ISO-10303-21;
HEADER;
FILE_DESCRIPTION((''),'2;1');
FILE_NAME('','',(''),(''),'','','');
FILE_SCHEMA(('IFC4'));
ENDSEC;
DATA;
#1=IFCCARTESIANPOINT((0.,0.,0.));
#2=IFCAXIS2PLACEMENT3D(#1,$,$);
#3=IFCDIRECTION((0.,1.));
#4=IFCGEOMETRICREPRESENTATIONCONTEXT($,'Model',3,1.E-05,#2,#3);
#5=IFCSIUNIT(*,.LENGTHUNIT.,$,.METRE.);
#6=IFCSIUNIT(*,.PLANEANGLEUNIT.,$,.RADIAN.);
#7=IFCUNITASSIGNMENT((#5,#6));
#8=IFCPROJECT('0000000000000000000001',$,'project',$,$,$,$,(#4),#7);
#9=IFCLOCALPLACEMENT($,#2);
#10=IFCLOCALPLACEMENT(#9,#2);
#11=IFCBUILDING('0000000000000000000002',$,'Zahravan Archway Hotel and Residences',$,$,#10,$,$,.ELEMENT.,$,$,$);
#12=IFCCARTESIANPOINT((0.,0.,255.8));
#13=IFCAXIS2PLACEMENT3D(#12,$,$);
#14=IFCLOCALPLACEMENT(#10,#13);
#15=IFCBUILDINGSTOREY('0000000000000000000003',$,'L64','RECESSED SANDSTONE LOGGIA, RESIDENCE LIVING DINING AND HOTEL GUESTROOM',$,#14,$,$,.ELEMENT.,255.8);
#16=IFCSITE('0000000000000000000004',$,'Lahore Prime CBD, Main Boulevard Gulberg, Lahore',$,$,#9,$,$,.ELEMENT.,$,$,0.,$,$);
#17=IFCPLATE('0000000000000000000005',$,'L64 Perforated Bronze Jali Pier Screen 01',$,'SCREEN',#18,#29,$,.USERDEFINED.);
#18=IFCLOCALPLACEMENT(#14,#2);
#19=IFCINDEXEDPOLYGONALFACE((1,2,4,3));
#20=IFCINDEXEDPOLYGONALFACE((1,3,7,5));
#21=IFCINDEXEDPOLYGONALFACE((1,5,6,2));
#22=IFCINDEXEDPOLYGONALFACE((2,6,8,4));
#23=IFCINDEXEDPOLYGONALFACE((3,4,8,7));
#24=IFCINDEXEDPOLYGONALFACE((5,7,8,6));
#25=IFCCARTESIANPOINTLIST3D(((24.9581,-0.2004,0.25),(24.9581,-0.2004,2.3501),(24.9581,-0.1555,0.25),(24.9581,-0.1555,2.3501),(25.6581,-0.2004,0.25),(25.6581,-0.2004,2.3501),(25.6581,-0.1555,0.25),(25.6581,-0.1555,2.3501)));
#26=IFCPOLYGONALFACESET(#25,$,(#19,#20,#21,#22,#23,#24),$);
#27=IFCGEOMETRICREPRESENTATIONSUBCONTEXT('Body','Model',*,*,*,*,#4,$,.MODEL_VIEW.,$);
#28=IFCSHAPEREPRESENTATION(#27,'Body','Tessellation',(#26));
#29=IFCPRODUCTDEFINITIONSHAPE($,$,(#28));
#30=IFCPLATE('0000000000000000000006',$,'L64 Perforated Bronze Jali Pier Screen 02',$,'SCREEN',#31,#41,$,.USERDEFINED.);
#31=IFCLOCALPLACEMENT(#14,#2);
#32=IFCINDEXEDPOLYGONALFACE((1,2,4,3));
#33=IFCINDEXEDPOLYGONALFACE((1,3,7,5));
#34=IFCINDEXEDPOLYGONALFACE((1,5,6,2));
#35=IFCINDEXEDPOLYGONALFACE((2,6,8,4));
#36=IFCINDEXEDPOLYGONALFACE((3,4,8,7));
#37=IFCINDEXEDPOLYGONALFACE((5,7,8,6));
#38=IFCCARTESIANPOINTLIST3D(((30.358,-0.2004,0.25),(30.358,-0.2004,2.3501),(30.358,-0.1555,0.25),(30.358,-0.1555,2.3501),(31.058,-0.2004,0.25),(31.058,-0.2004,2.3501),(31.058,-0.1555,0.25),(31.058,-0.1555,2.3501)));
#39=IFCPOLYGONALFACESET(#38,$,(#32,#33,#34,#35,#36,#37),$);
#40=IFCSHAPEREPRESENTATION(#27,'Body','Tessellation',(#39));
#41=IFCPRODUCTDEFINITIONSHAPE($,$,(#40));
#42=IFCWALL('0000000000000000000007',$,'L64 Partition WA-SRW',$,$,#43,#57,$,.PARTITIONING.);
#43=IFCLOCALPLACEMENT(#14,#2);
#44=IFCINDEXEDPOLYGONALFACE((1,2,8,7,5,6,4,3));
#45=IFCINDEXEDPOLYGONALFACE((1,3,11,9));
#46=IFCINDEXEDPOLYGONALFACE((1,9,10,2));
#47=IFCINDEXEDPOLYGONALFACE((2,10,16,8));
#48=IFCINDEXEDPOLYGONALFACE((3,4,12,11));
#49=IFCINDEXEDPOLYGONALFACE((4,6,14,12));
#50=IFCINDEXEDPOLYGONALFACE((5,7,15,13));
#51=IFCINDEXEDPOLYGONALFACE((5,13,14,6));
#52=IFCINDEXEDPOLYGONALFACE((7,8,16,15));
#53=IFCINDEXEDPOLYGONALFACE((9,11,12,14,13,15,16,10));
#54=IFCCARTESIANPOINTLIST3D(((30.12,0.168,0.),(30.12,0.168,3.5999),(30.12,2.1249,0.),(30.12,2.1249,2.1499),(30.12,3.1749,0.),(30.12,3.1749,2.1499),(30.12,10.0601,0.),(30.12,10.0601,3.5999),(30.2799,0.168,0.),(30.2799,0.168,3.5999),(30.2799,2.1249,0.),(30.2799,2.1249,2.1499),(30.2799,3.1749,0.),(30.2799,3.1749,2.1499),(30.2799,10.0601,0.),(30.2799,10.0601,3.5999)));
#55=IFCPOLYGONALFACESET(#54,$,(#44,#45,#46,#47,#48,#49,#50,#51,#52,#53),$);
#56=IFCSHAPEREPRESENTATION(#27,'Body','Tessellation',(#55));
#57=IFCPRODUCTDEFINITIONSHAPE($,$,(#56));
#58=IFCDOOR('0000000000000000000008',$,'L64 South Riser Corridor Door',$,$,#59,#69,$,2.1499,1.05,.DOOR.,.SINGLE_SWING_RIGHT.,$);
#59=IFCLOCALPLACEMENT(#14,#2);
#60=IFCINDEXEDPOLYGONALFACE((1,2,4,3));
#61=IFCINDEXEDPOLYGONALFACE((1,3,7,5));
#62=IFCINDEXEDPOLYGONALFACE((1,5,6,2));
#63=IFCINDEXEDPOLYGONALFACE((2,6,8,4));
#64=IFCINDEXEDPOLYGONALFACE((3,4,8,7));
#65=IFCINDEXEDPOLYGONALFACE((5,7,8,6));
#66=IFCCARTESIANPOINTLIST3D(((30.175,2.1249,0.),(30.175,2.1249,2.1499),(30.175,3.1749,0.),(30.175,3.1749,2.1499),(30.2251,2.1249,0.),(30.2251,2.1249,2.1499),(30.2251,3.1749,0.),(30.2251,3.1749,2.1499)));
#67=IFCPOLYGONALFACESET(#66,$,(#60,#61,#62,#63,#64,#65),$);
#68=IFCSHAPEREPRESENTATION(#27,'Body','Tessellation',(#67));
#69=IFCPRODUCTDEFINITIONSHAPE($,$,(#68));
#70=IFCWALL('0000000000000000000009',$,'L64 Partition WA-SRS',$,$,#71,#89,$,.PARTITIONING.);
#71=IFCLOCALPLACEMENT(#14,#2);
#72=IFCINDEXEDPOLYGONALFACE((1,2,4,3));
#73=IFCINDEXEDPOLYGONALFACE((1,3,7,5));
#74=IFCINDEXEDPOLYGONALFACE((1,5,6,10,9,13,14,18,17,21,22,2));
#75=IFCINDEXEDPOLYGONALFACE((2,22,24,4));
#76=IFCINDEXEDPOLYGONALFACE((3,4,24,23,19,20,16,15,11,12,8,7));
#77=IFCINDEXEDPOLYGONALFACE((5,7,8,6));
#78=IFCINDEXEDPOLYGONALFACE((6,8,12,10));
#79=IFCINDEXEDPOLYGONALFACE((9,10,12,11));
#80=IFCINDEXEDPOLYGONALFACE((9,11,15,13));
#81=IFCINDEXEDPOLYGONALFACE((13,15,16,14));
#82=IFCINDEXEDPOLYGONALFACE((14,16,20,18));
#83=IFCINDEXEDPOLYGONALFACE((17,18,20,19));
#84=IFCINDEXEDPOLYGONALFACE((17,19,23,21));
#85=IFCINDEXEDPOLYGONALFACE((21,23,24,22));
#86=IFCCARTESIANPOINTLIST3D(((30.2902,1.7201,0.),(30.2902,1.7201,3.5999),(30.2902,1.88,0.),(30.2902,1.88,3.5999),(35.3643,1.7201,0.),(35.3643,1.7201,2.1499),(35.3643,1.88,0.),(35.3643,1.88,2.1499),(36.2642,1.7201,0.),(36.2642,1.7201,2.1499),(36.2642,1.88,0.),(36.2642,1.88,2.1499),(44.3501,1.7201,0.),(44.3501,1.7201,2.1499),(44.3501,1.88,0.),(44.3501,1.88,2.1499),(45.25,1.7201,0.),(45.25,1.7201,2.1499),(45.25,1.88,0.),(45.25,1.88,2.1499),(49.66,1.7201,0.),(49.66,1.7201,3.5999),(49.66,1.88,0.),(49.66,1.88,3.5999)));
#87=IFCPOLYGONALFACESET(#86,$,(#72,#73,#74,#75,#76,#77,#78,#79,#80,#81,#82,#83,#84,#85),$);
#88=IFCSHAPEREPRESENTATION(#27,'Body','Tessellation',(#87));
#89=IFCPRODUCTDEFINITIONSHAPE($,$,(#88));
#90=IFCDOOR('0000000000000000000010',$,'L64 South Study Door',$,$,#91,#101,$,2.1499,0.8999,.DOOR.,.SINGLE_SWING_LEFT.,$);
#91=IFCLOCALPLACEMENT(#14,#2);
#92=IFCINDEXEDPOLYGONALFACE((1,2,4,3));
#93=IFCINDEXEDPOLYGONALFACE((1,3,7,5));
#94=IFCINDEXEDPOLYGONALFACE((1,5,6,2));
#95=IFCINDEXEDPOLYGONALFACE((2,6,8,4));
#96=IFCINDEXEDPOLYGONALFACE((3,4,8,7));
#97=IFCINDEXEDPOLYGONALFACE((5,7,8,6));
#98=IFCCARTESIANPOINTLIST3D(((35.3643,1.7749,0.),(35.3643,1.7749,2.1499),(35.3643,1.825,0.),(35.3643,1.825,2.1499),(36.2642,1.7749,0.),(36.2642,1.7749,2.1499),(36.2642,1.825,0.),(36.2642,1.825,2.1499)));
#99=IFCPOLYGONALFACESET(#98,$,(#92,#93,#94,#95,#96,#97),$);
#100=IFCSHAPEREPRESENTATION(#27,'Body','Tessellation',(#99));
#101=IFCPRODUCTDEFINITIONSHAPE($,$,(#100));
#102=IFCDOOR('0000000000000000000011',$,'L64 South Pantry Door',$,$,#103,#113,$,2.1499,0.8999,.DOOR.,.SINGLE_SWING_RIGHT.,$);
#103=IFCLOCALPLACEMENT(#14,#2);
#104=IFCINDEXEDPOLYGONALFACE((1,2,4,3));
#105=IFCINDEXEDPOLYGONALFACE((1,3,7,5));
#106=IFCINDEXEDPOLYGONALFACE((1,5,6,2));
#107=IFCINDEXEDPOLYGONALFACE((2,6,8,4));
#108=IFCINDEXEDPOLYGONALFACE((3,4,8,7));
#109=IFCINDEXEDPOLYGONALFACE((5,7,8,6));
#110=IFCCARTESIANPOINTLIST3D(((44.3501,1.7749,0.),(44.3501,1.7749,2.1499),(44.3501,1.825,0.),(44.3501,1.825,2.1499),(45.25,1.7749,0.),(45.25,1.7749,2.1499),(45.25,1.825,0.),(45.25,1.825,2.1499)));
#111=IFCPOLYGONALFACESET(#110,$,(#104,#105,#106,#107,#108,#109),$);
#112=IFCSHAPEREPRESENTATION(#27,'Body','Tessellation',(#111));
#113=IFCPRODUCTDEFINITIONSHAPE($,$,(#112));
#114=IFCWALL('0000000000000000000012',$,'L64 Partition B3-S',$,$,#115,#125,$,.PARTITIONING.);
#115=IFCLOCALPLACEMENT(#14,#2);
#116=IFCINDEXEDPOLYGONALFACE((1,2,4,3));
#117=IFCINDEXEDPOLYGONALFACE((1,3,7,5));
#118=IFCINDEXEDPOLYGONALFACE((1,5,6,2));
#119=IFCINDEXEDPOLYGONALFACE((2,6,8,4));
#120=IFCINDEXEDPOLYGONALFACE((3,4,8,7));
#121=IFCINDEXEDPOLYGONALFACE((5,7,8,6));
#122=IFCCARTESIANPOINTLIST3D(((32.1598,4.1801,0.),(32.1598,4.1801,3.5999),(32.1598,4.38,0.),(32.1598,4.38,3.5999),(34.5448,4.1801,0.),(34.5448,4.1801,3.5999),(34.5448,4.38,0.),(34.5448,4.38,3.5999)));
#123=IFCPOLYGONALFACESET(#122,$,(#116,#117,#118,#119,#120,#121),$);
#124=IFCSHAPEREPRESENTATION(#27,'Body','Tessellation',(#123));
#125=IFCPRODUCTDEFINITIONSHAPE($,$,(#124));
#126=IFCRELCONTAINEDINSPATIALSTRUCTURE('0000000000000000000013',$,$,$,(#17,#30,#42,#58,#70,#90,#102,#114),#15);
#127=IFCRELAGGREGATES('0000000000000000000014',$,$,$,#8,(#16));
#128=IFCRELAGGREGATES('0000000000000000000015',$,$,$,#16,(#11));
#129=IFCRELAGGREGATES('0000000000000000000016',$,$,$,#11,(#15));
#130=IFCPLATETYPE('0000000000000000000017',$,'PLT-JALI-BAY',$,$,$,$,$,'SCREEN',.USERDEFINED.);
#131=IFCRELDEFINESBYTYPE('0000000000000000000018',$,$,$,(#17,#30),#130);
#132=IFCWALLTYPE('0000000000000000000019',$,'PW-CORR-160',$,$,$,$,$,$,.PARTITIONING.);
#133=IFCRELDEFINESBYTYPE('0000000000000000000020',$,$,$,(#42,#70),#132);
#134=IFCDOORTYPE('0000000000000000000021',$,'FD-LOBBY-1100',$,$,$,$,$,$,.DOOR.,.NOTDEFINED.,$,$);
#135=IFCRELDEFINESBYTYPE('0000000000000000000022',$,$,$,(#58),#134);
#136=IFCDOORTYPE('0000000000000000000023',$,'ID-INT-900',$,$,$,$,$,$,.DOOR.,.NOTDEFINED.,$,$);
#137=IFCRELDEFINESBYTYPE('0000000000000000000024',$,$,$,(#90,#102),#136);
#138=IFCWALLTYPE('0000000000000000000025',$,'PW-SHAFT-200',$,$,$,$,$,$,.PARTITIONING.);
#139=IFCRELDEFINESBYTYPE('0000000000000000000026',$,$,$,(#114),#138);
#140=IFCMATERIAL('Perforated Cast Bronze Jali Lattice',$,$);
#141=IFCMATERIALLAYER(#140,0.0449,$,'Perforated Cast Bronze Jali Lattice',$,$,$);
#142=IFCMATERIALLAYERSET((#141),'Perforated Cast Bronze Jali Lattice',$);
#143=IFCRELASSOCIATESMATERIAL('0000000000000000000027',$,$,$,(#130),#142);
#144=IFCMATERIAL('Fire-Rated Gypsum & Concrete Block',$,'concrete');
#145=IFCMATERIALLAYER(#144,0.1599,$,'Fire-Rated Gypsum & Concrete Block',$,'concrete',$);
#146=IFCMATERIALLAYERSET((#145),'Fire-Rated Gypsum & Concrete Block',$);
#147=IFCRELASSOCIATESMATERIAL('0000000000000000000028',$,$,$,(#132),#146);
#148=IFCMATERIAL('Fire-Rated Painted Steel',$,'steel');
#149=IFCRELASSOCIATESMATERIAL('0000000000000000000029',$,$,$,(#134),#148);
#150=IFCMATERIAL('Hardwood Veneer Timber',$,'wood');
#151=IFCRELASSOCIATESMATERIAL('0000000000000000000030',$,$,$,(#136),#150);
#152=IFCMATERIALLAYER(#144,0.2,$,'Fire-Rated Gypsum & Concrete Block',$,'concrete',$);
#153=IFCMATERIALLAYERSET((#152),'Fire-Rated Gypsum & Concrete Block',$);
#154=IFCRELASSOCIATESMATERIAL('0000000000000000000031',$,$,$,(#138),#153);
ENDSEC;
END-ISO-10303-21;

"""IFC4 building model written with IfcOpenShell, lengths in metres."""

from ifc_helpers import new_model, si_unit, direction, frame, frame_2d, origin, origin_2d, place, context, subcontext, project, spatial, rectangle, extrude, source, transform, mapped, material, layer, layer_set, type_object, type_shapes, element, fill, save


model = new_model("IFC4")

# Units and contexts
model_context = context("Model", 3, precision=1e-05, world=origin(), true_north=direction((0.0, 1.0)))
body_context = subcontext(model_context, "Body", "Model", "MODEL_VIEW")
ifc_project = project(units=[si_unit("LENGTHUNIT", "METRE"), si_unit("PLANEANGLEUNIT", "RADIAN")], contexts=[model_context])

# Site, building, storey
site_placement = place(None, origin())
site = spatial("IfcSite", under=ifc_project, at=site_placement, Name="Lahore Prime CBD, Main Boulevard Gulberg, Lahore", CompositionType="ELEMENT", RefElevation=0.0)
building_placement = place(site_placement, origin())
building = spatial("IfcBuilding", under=site, at=building_placement, Name="Zahravan Archway Hotel and Residences", CompositionType="ELEMENT")
storey_placement = place(building_placement, frame((0.0, 0.0, 255.8)))
storey = spatial("IfcBuildingStorey", under=building, at=storey_placement, Name="L64", Description="RECESSED SANDSTONE LOGGIA, RESIDENCE LIVING DINING AND HOTEL GUESTROOM", CompositionType="ELEMENT", Elevation=255.8)

# Plates
ifc_material_1 = material(Name="Perforated Cast Bronze Jali Lattice")
ifc_layer_1 = layer(ifc_material_1, 0.0449, Name="Perforated Cast Bronze Jali Lattice")
ifc_layer_set_1 = layer_set([ifc_layer_1], Name="Perforated Cast Bronze Jali Lattice")
plate_type = type_object("IfcPlateType", Name="PLT-JALI-BAY", ElementType="SCREEN", PredefinedType="USERDEFINED", material=ifc_layer_set_1)
shared_shape_1 = source(origin(), body_context, "Body", "SweptSolid", [
    extrude(rectangle(XDim=0.7, YDim=0.0449, at=origin_2d()), origin(), (0.0, 0.0, 1.0), 2.1001),
])
type_shapes(plate_type, [shared_shape_1])
for number, where, z_axis, x_axis, name in (
    (1, (25.3081, -0.178, 0.25), (0.0, 0.0, 1.0), (1.0, 0.0, 0.0), "L64 Perforated Bronze Jali Pier Screen 01"),
    (2, (30.708, -0.178, 0.25), (0.0, 0.0, 1.0), (1.0, 0.0, 0.0), "L64 Perforated Bronze Jali Pier Screen 02"),
):
    element("IfcPlate", number, at=place(storey_placement, frame(where, z_axis=z_axis, x_axis=x_axis)), inside=storey, type_object=plate_type, Name=name, ObjectType="SCREEN", PredefinedType="USERDEFINED", context=body_context, shape_type="MappedRepresentation", body=[
        mapped(shared_shape_1, transform((0.0, 0.0, 0.0), scale=1.0)),
    ])

# Wall, opening, door
ifc_material_2 = material(Name="Fire-Rated Gypsum & Concrete Block", Category="concrete")
ifc_layer_2 = layer(ifc_material_2, 0.1599, Name="Fire-Rated Gypsum & Concrete Block", Category="concrete")
ifc_layer_set_2 = layer_set([ifc_layer_2], Name="Fire-Rated Gypsum & Concrete Block")
wall_type_1 = type_object("IfcWallType", Name="PW-CORR-160", PredefinedType="PARTITIONING", material=ifc_layer_set_2)
wall_1_placement = place(storey_placement, frame((30.2, 0.168, 0.0), z_axis=(0.0, 0.0, 1.0), x_axis=(0.0, 1.0, 0.0)))
wall_1 = element("IfcWall", 3, at=wall_1_placement, inside=storey, type_object=wall_type_1, Name="L64 Partition WA-SRW", PredefinedType="PARTITIONING", context=body_context, shape_type="SweptSolid", body=[
    extrude(rectangle(XDim=9.8921, YDim=0.1599, at=frame_2d((4.946, 0.0))), origin(), (0.0, 0.0, 1.0), 3.5999),
])
opening_1_placement = place(wall_1_placement, frame((1.957, 0.0, 0.0)))
opening_1 = element("IfcOpeningElement", 4, at=opening_1_placement, cuts=wall_1, PredefinedType="OPENING", context=body_context, shape_type="SweptSolid", body=[
    extrude(rectangle(XDim=1.05, YDim=2.1499, at=frame_2d((0.5249, 1.075))), frame((0.0, 0.0898, 0.0), z_axis=(0.0, -1.0, 0.0), x_axis=(1.0, 0.0, 0.0)), (0.0, 0.0, 1.0), 0.1799),
])
ifc_material_3 = material(Name="Fire-Rated Painted Steel", Category="steel")
door_type_1 = type_object("IfcDoorType", Name="FD-LOBBY-1100", OperationType="NOTDEFINED", PredefinedType="DOOR", material=ifc_material_3)
shared_shape_2 = source(origin(), body_context, "Body", "SweptSolid", [
    extrude(rectangle(XDim=1.05, YDim=2.1499, at=frame_2d((0.5249, 1.075))), frame((0.0, 0.0249, 0.0), z_axis=(0.0, -1.0, 0.0), x_axis=(1.0, 0.0, 0.0)), (0.0, 0.0, 1.0), 0.05),
])
type_shapes(door_type_1, [shared_shape_2])
door_1_placement = place(opening_1_placement, origin())
door_1 = element("IfcDoor", 5, at=door_1_placement, inside=storey, type_object=door_type_1, Name="L64 South Riser Corridor Door", OperationType="SINGLE_SWING_RIGHT", OverallHeight=2.1499, OverallWidth=1.05, PredefinedType="DOOR", context=body_context, shape_type="MappedRepresentation", body=[
    mapped(shared_shape_2, transform((0.0, 0.0, 0.0), scale=1.0)),
])
fill(opening_1, door_1)

# Wall, openings, doors
wall_2_placement = place(storey_placement, frame((30.29, 1.8, 0.0), z_axis=(0.0, 0.0, 1.0), x_axis=(1.0, 0.0, 0.0)))
wall_2 = element("IfcWall", 6, at=wall_2_placement, inside=storey, type_object=wall_type_1, Name="L64 Partition WA-SRS", PredefinedType="PARTITIONING", context=body_context, shape_type="SweptSolid", body=[
    extrude(rectangle(XDim=19.3699, YDim=0.1599, at=frame_2d((9.6851, 0.0))), origin(), (0.0, 0.0, 1.0), 3.5999),
])
opening_2_placement = place(wall_2_placement, frame((5.0742, 0.0, 0.0)))
opening_2 = element("IfcOpeningElement", 7, at=opening_2_placement, cuts=wall_2, PredefinedType="OPENING", context=body_context, shape_type="SweptSolid", body=[
    extrude(rectangle(XDim=0.8999, YDim=2.1499, at=frame_2d((0.45, 1.075))), frame((0.0, 0.0898, 0.0), z_axis=(0.0, -1.0, 0.0), x_axis=(1.0, 0.0, 0.0)), (0.0, 0.0, 1.0), 0.1799),
])
opening_3_placement = place(wall_2_placement, frame((14.0601, 0.0, 0.0)))
opening_3 = element("IfcOpeningElement", 8, at=opening_3_placement, cuts=wall_2, PredefinedType="OPENING", context=body_context, shape_type="SweptSolid", body=[
    extrude(rectangle(XDim=0.8999, YDim=2.1499, at=frame_2d((0.45, 1.075))), frame((0.0, 0.0898, 0.0), z_axis=(0.0, -1.0, 0.0), x_axis=(1.0, 0.0, 0.0)), (0.0, 0.0, 1.0), 0.1799),
])
ifc_material_4 = material(Name="Hardwood Veneer Timber", Category="wood")
door_type_2 = type_object("IfcDoorType", Name="ID-INT-900", OperationType="NOTDEFINED", PredefinedType="DOOR", material=ifc_material_4)
shared_shape_3 = source(origin(), body_context, "Body", "SweptSolid", [
    extrude(rectangle(XDim=0.8999, YDim=2.1499, at=frame_2d((0.45, 1.075))), frame((0.0, 0.0249, 0.0), z_axis=(0.0, -1.0, 0.0), x_axis=(1.0, 0.0, 0.0)), (0.0, 0.0, 1.0), 0.05),
])
type_shapes(door_type_2, [shared_shape_3])
door_2_placement = place(opening_2_placement, origin())
door_2 = element("IfcDoor", 9, at=door_2_placement, inside=storey, type_object=door_type_2, Name="L64 South Study Door", OperationType="SINGLE_SWING_LEFT", OverallHeight=2.1499, OverallWidth=0.8999, PredefinedType="DOOR", context=body_context, shape_type="MappedRepresentation", body=[
    mapped(shared_shape_3, transform((0.0, 0.0, 0.0), scale=1.0)),
])
fill(opening_2, door_2)
door_3_placement = place(opening_3_placement, origin())
door_3 = element("IfcDoor", 10, at=door_3_placement, inside=storey, type_object=door_type_2, Name="L64 South Pantry Door", OperationType="SINGLE_SWING_RIGHT", OverallHeight=2.1499, OverallWidth=0.8999, PredefinedType="DOOR", context=body_context, shape_type="MappedRepresentation", body=[
    mapped(shared_shape_3, transform((0.0, 0.0, 0.0), scale=1.0)),
])
fill(opening_3, door_3)

# Wall
ifc_layer_3 = layer(ifc_material_2, 0.2, Name="Fire-Rated Gypsum & Concrete Block", Category="concrete")
ifc_layer_set_3 = layer_set([ifc_layer_3], Name="Fire-Rated Gypsum & Concrete Block")
wall_type_2 = type_object("IfcWallType", Name="PW-SHAFT-200", PredefinedType="PARTITIONING", material=ifc_layer_set_3)
wall_3_placement = place(storey_placement, frame((32.1599, 4.28, 0.0), z_axis=(0.0, 0.0, 1.0), x_axis=(1.0, 0.0, 0.0)))
element("IfcWall", 11, at=wall_3_placement, inside=storey, type_object=wall_type_2, Name="L64 Partition B3-S", PredefinedType="PARTITIONING", context=body_context, shape_type="SweptSolid", body=[
    extrude(rectangle(XDim=2.385, YDim=0.2, at=frame_2d((1.1924, 0.0))), origin(), (0.0, 0.0, 1.0), 3.5999),
])

save(model, "model.ifc")
